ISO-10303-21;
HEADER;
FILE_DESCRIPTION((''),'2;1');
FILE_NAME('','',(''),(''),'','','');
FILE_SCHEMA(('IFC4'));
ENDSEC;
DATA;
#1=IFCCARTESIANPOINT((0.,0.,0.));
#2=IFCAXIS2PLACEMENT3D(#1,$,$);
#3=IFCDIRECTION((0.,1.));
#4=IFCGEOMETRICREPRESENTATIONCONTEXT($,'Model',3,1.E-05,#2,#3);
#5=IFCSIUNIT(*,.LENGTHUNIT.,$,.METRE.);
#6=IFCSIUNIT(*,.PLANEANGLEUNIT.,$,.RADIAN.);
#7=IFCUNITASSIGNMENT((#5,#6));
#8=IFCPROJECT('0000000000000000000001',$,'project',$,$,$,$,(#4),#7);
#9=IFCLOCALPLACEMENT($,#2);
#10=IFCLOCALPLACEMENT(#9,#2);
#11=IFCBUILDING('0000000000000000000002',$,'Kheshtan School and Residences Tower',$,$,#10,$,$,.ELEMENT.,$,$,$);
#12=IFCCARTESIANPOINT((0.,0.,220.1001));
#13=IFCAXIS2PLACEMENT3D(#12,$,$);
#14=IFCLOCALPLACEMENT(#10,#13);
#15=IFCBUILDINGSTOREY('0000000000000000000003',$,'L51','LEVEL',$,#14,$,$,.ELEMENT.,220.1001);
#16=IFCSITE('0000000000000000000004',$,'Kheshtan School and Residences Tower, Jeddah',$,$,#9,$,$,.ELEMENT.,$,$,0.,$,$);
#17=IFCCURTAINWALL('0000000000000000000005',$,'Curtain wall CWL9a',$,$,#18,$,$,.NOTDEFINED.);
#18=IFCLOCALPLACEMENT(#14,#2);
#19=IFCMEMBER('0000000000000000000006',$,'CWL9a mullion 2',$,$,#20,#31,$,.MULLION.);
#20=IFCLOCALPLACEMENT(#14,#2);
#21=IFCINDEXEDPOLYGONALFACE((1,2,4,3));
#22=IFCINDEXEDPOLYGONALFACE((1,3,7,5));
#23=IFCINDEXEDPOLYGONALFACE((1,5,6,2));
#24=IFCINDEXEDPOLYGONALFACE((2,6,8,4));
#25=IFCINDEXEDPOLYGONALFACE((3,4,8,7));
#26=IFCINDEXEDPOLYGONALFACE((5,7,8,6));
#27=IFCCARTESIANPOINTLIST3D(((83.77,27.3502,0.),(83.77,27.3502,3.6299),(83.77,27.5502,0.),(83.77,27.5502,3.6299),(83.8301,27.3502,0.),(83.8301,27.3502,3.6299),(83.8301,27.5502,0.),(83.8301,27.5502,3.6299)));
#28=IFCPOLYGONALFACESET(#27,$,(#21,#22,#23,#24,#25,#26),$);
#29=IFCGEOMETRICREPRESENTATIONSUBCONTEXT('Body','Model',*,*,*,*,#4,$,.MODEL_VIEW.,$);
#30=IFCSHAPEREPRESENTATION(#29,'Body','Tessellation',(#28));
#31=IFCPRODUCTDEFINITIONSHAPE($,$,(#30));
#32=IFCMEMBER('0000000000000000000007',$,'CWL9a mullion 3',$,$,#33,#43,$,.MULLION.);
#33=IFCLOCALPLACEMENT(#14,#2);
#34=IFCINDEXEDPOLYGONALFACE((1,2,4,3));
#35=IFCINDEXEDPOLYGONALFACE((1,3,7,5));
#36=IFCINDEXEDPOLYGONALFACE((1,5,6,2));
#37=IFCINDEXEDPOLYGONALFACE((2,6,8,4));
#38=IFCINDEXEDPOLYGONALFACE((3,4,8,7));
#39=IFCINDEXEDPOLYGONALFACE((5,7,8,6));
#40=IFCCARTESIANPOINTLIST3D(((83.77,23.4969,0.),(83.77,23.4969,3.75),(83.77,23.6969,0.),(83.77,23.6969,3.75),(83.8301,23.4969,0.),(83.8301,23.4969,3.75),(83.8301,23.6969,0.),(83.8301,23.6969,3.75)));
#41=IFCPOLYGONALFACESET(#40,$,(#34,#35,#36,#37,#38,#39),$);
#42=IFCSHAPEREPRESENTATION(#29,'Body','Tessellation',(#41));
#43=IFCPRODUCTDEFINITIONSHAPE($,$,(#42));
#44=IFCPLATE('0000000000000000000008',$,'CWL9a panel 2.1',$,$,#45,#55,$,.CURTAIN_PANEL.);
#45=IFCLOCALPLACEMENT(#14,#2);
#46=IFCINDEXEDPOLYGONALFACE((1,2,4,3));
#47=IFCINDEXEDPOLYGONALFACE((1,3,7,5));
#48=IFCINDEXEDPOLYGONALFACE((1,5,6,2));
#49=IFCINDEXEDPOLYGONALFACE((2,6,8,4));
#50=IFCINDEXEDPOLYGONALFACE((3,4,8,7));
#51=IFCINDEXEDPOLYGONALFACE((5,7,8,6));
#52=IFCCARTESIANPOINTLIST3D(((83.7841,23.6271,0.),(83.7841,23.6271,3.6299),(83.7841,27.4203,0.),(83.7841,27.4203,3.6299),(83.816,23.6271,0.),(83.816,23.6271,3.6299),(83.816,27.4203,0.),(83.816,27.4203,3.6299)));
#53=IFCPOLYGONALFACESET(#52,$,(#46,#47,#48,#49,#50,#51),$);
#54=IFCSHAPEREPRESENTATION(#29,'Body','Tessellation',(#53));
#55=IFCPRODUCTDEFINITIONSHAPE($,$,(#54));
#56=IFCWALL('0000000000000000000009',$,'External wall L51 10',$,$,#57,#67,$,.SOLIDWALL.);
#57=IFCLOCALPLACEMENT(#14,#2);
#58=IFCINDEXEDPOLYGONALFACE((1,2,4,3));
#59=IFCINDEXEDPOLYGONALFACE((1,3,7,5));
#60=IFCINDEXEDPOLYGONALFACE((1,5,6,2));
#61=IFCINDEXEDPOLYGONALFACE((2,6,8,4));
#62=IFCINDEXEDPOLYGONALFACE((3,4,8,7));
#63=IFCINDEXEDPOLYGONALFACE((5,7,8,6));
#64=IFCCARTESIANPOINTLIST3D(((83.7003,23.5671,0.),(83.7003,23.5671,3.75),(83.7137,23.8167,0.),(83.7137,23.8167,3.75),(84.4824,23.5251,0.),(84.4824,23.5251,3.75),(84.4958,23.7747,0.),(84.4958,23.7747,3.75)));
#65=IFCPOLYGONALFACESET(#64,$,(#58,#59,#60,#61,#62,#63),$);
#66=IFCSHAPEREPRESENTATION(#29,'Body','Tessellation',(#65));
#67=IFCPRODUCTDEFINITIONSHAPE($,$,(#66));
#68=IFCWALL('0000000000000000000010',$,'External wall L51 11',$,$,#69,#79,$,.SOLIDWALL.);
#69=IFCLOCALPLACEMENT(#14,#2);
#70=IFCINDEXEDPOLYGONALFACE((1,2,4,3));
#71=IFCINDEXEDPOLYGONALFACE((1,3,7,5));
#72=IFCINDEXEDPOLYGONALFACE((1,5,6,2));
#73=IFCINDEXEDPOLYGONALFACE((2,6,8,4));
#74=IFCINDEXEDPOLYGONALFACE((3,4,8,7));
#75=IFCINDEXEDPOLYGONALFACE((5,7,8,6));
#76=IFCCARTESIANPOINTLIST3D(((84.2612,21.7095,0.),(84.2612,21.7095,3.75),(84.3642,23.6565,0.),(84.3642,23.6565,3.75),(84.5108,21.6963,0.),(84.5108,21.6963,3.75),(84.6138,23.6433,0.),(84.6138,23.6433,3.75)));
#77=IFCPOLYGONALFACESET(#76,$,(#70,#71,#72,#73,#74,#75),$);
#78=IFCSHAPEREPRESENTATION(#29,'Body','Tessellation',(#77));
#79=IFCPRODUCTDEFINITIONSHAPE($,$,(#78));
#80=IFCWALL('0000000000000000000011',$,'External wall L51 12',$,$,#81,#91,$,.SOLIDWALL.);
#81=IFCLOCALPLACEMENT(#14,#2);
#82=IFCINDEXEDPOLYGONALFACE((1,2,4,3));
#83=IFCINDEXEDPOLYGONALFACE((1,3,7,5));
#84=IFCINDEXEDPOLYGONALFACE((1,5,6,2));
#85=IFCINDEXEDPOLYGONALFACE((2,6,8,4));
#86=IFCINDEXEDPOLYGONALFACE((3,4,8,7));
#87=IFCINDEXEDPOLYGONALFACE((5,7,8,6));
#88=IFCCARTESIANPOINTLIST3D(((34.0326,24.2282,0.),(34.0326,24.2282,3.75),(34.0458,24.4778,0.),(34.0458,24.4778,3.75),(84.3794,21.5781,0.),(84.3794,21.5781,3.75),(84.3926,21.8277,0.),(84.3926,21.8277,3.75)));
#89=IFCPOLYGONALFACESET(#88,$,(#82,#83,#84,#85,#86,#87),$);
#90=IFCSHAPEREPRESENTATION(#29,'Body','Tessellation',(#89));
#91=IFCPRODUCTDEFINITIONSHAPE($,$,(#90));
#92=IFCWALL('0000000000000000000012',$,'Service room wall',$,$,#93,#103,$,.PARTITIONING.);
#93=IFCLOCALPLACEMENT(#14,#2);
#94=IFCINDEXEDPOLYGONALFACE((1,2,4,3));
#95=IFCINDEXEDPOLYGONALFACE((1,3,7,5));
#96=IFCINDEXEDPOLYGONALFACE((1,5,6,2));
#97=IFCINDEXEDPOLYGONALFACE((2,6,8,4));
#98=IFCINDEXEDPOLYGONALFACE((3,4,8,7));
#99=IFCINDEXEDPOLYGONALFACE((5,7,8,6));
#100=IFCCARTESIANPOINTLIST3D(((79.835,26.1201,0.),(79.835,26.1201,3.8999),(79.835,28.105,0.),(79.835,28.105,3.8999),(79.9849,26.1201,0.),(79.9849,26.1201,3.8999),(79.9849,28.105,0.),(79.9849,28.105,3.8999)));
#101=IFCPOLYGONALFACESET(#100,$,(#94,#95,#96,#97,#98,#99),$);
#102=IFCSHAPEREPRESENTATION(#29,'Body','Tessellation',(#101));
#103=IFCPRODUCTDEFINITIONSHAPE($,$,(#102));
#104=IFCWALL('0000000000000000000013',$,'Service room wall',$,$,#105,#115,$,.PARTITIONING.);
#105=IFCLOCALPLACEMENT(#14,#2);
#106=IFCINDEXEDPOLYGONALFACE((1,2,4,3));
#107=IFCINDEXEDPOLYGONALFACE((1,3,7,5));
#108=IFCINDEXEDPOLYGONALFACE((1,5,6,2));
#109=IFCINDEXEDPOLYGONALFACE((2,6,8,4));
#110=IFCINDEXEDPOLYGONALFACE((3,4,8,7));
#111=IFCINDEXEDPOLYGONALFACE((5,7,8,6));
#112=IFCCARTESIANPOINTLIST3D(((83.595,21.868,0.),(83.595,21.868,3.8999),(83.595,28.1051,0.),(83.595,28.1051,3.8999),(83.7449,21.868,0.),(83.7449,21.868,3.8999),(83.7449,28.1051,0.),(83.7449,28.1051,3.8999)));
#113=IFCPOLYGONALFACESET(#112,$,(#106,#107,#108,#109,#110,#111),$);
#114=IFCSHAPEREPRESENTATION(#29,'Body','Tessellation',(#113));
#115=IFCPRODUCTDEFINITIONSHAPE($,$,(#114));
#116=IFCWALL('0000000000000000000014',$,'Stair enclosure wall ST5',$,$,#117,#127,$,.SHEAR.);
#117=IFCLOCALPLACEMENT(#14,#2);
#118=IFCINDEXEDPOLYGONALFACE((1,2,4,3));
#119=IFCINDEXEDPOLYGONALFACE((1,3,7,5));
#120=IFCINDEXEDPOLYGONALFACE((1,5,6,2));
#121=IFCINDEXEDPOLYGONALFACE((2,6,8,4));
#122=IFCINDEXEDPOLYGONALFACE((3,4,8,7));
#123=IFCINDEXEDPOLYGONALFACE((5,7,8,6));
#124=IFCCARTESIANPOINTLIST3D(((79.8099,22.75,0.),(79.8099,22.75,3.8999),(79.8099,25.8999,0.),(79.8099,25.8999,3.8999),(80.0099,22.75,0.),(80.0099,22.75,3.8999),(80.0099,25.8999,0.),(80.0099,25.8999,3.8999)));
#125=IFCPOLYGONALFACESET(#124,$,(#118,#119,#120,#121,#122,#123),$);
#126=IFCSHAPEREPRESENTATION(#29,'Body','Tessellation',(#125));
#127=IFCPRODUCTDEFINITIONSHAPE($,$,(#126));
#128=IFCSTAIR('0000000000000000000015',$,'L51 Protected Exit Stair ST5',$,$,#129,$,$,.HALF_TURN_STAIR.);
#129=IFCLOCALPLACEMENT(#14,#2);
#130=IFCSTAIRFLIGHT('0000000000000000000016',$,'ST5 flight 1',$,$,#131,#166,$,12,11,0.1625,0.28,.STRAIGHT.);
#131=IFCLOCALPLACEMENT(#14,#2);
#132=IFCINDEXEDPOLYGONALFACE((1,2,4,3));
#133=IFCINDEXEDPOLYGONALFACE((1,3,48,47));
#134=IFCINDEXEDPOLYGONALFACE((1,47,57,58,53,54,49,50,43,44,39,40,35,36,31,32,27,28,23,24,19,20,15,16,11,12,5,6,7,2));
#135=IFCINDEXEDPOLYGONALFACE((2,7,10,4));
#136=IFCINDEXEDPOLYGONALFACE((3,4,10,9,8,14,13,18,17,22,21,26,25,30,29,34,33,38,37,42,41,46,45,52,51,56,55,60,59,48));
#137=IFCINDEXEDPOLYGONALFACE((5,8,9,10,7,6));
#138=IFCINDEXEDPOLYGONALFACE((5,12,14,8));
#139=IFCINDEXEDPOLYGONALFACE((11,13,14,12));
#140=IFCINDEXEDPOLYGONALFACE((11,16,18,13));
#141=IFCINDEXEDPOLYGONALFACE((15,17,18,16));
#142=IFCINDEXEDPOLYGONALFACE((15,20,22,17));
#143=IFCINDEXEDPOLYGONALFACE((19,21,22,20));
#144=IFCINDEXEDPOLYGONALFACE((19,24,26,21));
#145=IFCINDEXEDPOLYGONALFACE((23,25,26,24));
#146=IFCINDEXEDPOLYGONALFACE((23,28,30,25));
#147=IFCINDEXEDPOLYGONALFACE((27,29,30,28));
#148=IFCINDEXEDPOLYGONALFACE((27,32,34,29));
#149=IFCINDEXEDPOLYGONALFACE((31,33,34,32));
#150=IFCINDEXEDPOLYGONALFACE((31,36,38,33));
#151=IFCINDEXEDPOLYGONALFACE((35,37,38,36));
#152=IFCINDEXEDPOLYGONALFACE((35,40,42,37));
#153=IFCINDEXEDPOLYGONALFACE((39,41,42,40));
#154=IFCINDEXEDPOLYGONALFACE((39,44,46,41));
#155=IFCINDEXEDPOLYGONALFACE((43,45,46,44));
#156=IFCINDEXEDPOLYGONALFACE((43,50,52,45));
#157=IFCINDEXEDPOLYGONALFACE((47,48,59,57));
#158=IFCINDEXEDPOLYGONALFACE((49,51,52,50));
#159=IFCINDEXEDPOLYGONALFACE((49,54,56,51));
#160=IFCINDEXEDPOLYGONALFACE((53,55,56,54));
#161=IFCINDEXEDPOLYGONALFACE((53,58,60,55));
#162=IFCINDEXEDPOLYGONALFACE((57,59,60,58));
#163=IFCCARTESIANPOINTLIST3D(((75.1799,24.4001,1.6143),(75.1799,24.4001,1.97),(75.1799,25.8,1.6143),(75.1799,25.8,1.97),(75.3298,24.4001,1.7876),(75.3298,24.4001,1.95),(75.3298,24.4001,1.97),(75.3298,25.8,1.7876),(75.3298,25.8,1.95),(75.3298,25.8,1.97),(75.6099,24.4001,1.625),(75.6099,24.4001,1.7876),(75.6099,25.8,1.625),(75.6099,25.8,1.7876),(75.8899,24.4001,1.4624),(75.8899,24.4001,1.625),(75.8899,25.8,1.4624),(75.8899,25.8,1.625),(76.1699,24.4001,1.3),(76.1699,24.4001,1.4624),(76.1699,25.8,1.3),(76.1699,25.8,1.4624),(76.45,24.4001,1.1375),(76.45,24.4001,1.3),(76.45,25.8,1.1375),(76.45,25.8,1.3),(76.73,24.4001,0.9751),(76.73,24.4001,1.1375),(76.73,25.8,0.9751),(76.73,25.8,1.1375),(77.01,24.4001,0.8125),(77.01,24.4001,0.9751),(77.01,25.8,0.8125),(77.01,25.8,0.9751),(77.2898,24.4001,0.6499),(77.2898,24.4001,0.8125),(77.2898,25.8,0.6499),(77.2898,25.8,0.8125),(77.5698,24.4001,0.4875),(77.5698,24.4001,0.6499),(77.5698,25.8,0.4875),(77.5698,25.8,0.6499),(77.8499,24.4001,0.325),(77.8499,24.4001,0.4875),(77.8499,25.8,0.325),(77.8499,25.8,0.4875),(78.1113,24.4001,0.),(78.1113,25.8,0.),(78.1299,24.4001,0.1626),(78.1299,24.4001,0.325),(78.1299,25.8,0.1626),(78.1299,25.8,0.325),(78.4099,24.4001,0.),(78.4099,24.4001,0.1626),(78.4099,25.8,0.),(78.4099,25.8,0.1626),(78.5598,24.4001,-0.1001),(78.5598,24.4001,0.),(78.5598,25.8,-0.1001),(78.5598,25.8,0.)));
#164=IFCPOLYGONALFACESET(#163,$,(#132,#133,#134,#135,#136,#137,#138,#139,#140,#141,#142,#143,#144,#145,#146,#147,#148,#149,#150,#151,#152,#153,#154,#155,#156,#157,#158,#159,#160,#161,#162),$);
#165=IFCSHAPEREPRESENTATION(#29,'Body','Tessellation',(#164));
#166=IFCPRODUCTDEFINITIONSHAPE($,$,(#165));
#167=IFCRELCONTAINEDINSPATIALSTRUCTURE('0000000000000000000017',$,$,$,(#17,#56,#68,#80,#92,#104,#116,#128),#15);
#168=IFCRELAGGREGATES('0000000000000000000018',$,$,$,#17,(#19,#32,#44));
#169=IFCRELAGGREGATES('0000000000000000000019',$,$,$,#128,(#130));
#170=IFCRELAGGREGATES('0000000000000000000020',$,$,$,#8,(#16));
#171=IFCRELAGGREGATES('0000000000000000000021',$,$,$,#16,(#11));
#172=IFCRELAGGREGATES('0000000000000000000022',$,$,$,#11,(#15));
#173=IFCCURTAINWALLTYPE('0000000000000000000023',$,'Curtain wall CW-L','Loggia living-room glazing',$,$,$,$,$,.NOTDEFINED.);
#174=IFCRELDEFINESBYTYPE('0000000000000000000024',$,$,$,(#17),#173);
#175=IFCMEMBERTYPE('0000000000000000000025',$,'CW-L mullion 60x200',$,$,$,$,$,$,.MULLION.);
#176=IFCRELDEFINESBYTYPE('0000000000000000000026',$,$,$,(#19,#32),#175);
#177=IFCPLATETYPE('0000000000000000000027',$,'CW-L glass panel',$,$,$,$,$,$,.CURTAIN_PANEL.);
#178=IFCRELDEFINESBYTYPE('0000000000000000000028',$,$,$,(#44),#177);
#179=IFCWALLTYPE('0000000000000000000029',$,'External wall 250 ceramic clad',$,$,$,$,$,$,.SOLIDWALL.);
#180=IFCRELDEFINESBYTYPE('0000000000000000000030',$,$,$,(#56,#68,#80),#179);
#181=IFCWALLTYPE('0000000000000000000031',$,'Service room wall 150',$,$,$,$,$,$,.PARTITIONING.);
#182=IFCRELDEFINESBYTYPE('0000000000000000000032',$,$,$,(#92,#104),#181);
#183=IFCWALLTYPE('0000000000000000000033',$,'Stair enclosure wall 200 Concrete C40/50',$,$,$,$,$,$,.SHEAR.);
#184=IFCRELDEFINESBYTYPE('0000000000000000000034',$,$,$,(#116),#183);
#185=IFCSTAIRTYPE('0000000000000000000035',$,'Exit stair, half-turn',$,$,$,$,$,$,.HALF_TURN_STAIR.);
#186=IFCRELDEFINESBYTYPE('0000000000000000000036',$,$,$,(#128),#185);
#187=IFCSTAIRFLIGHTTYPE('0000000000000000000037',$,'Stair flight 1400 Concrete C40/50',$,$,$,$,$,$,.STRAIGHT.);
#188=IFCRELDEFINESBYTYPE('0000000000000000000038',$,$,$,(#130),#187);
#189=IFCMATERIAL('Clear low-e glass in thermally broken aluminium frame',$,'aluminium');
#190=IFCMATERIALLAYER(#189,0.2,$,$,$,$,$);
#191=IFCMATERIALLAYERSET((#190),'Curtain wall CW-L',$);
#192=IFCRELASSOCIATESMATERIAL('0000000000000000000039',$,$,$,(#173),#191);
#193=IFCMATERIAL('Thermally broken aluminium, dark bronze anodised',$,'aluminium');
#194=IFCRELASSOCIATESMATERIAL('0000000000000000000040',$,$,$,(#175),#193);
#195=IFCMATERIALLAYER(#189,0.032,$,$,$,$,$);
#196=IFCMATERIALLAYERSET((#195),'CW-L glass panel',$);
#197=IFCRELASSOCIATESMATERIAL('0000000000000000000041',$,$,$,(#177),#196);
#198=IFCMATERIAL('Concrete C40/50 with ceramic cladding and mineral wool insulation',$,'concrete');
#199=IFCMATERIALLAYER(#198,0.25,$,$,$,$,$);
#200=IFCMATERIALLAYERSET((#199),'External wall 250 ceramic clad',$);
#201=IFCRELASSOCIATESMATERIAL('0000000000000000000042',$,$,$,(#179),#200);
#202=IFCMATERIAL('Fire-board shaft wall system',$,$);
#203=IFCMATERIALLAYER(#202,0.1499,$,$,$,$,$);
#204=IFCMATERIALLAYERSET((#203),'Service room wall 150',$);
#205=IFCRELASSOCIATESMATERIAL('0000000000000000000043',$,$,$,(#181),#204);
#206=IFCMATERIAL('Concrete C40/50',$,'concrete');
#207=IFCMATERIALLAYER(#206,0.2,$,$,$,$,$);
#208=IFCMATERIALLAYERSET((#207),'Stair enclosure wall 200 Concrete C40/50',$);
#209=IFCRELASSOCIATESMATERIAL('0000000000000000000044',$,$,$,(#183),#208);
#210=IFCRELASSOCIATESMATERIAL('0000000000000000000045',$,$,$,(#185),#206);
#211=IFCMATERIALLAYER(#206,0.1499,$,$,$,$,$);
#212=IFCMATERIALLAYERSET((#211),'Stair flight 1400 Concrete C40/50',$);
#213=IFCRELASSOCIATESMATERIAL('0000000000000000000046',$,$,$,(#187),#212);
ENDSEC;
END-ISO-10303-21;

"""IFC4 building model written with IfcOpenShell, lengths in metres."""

from ifc_helpers import new_model, si_unit, direction, frame, frame_2d, origin, origin_2d, place, context, subcontext, project, spatial, polyline, rectangle, outline, extrude, material, layer, layer_set, material_profile, profile_set, type_object, element, aggregate, save


model = new_model("IFC4")

# Units and contexts
model_context = context("Model", 3, precision=1e-05, world=origin(), true_north=direction((0.0, 1.0)))
body_context = subcontext(model_context, "Body", "Model", "MODEL_VIEW")
ifc_project = project(units=[si_unit("LENGTHUNIT", "METRE"), si_unit("PLANEANGLEUNIT", "RADIAN")], contexts=[model_context])

# Site, building, storey
site_placement = place(None, origin())
site = spatial("IfcSite", under=ifc_project, at=site_placement, Name="Kheshtan School and Residences Tower, Jeddah", CompositionType="ELEMENT", RefElevation=0.0)
building_placement = place(site_placement, origin())
building = spatial("IfcBuilding", under=site, at=building_placement, Name="Kheshtan School and Residences Tower", CompositionType="ELEMENT")
storey_placement = place(building_placement, frame((0.0, 0.0, 220.1001)))
storey = spatial("IfcBuildingStorey", under=building, at=storey_placement, Name="L51", Description="LEVEL", CompositionType="ELEMENT", Elevation=220.1001)

# Curtain wall, members, plate
ifc_material_1 = material(Name="Clear low-e glass in thermally broken aluminium frame", Category="aluminium")
ifc_layer_1 = layer(ifc_material_1, 0.2)
ifc_layer_set_1 = layer_set([ifc_layer_1], Name="Curtain wall CW-L")
curtain_wall_type = type_object("IfcCurtainWallType", Name="Curtain wall CW-L", Description="Loggia living-room glazing", PredefinedType="NOTDEFINED", material=ifc_layer_set_1)
curtain_wall_placement = place(storey_placement, origin())
curtain_wall = element("IfcCurtainWall", 1, at=curtain_wall_placement, inside=storey, type_object=curtain_wall_type, Name="Curtain wall CWL9a", PredefinedType="NOTDEFINED")
ifc_material_2 = material(Name="Thermally broken aluminium, dark bronze anodised", Category="aluminium")
ifc_material_profile_1 = material_profile(ifc_material_2, rectangle(XDim=0.0601, YDim=0.2, at=origin_2d()), Name="CW-L mullion 60x200")
ifc_profile_set_1 = profile_set([ifc_material_profile_1], Name="Thermally broken aluminium, dark bronze anodised")
member_type = type_object("IfcMemberType", Name="CW-L mullion 60x200", PredefinedType="MULLION", material=ifc_profile_set_1)
member_1_placement = place(storey_placement, frame((83.8, 27.4502, 0.0), z_axis=(0.0, 0.0, 1.0), x_axis=(1.0, 0.0, 0.0)))
member_1 = element("IfcMember", 2, at=member_1_placement, type_object=member_type, Name="CWL9a mullion 2", PredefinedType="MULLION", context=body_context, shape_type="SweptSolid", body=[
    extrude(rectangle(XDim=0.0601, YDim=0.2, at=origin_2d()), origin(), (0.0, 0.0, 1.0), 3.6299),
])
member_2_placement = place(storey_placement, frame((83.8, 23.5969, 0.0), z_axis=(0.0, 0.0, 1.0), x_axis=(1.0, 0.0, 0.0)))
member_2 = element("IfcMember", 3, at=member_2_placement, type_object=member_type, Name="CWL9a mullion 3", PredefinedType="MULLION", context=body_context, shape_type="SweptSolid", body=[
    extrude(rectangle(XDim=0.0601, YDim=0.2, at=origin_2d()), origin(), (0.0, 0.0, 1.0), 3.75),
])
ifc_layer_2 = layer(ifc_material_1, 0.032)
ifc_layer_set_2 = layer_set([ifc_layer_2], Name="CW-L glass panel")
plate_type = type_object("IfcPlateType", Name="CW-L glass panel", PredefinedType="CURTAIN_PANEL", material=ifc_layer_set_2)
plate_placement = place(storey_placement, frame((83.8, 25.5237, 0.0), z_axis=(0.0, 0.0, 1.0), x_axis=(0.0, -1.0, 0.0)))
plate = element("IfcPlate", 4, at=plate_placement, type_object=plate_type, Name="CWL9a panel 2.1", PredefinedType="CURTAIN_PANEL", context=body_context, shape_type="SweptSolid", body=[
    extrude(rectangle(XDim=3.7932, YDim=0.032, at=origin_2d()), origin(), (0.0, 0.0, 1.0), 3.6299),
])
aggregate(curtain_wall, [member_1, member_2, plate])

# Walls
ifc_material_3 = material(Name="Concrete C40/50 with ceramic cladding and mineral wool insulation", Category="concrete")
ifc_layer_3 = layer(ifc_material_3, 0.25)
ifc_layer_set_3 = layer_set([ifc_layer_3], Name="External wall 250 ceramic clad")
wall_type_1 = type_object("IfcWallType", Name="External wall 250 ceramic clad", PredefinedType="SOLIDWALL", material=ifc_layer_set_3)
wall_1_placement = place(storey_placement, frame((83.707, 23.6919, 0.0), z_axis=(0.0, 0.0, 1.0), x_axis=(0.998561, -0.053622, 0.0)))
element("IfcWall", 5, at=wall_1_placement, inside=storey, type_object=wall_type_1, Name="External wall L51 10", PredefinedType="SOLIDWALL", context=body_context, shape_type="SweptSolid", body=[
    extrude(rectangle(XDim=0.7832, YDim=0.25, at=frame_2d((0.3916, 0.0))), origin(), (0.0, 0.0, 1.0), 3.75),
])
wall_2_placement = place(storey_placement, frame((84.489, 23.6499, 0.0), z_axis=(0.0, 0.0, 1.0), x_axis=(-0.052841, -0.998603, 0.0)))
element("IfcWall", 6, at=wall_2_placement, inside=storey, type_object=wall_type_1, Name="External wall L51 11", PredefinedType="SOLIDWALL", context=body_context, shape_type="SweptSolid", body=[
    extrude(rectangle(XDim=1.9497, YDim=0.25, at=frame_2d((0.9749, 0.0))), origin(), (0.0, 0.0, 1.0), 3.75),
])
wall_3_placement = place(storey_placement, frame((84.386, 21.7029, 0.0), z_axis=(0.0, 0.0, 1.0), x_axis=(-0.998618, 0.052565, 0.0)))
element("IfcWall", 7, at=wall_3_placement, inside=storey, type_object=wall_type_1, Name="External wall L51 12", PredefinedType="SOLIDWALL", context=body_context, shape_type="SweptSolid", body=[
    extrude(rectangle(XDim=50.4165, YDim=0.25, at=frame_2d((25.2083, 0.0))), origin(), (0.0, 0.0, 1.0), 3.75),
])
ifc_material_4 = material(Name="Fire-board shaft wall system")
ifc_layer_4 = layer(ifc_material_4, 0.1499)
ifc_layer_set_4 = layer_set([ifc_layer_4], Name="Service room wall 150")
wall_type_2 = type_object("IfcWallType", Name="Service room wall 150", PredefinedType="PARTITIONING", material=ifc_layer_set_4)
wall_4_placement = place(storey_placement, frame((79.9099, 26.1201, 0.0), z_axis=(0.0, 0.0, 1.0), x_axis=(0.0, 1.0, 0.0)))
element("IfcWall", 8, at=wall_4_placement, inside=storey, type_object=wall_type_2, Name="Service room wall", PredefinedType="PARTITIONING", context=body_context, shape_type="SweptSolid", body=[
    extrude(rectangle(XDim=1.9849, YDim=0.1499, at=frame_2d((0.9924, 0.0))), origin(), (0.0, 0.0, 1.0), 3.8999),
])
wall_5_placement = place(storey_placement, frame((83.6699, 21.8679, 0.0), z_axis=(0.0, 0.0, 1.0), x_axis=(0.0, 1.0, 0.0)))
element("IfcWall", 9, at=wall_5_placement, inside=storey, type_object=wall_type_2, Name="Service room wall", PredefinedType="PARTITIONING", context=body_context, shape_type="SweptSolid", body=[
    extrude(rectangle(XDim=6.2371, YDim=0.1499, at=frame_2d((3.1187, 0.0))), origin(), (0.0, 0.0, 1.0), 3.8999),
])
ifc_material_5 = material(Name="Concrete C40/50", Category="concrete")
ifc_layer_5 = layer(ifc_material_5, 0.2)
ifc_layer_set_5 = layer_set([ifc_layer_5], Name="Stair enclosure wall 200 Concrete C40/50")
wall_type_3 = type_object("IfcWallType", Name="Stair enclosure wall 200 Concrete C40/50", PredefinedType="SHEAR", material=ifc_layer_set_5)
wall_6_placement = place(storey_placement, frame((79.9099, 22.75, 0.0), z_axis=(0.0, 0.0, 1.0), x_axis=(0.0, 1.0, 0.0)))
element("IfcWall", 10, at=wall_6_placement, inside=storey, type_object=wall_type_3, Name="Stair enclosure wall ST5", PredefinedType="SHEAR", context=body_context, shape_type="SweptSolid", body=[
    extrude(rectangle(XDim=3.1499, YDim=0.2, at=frame_2d((1.575, 0.0))), origin(), (0.0, 0.0, 1.0), 3.8999),
])

# Stair, stair flight
stair_type = type_object("IfcStairType", Name="Exit stair, half-turn", PredefinedType="HALF_TURN_STAIR", material=ifc_material_5)
stair_placement = place(storey_placement, origin())
stair = element("IfcStair", 11, at=stair_placement, inside=storey, type_object=stair_type, Name="L51 Protected Exit Stair ST5", PredefinedType="HALF_TURN_STAIR")
ifc_layer_6 = layer(ifc_material_5, 0.1499)
ifc_layer_set_6 = layer_set([ifc_layer_6], Name="Stair flight 1400 Concrete C40/50")
stair_flight_type = type_object("IfcStairFlightType", Name="Stair flight 1400 Concrete C40/50", PredefinedType="STRAIGHT", material=ifc_layer_set_6)
stair_flight_1_placement = place(storey_placement, frame((78.4099, 25.1001, 0.0), z_axis=(0.0, 0.0, 1.0), x_axis=(-1.0, 0.0, 0.0)))
stair_flight_1 = element("IfcStairFlight", 12, at=stair_flight_1_placement, type_object=stair_flight_type, Name="ST5 flight 1", NumberOfRisers=12, NumberOfTreads=11, PredefinedType="STRAIGHT", RiserHeight=0.1625, TreadLength=0.28, context=body_context, shape_type="SweptSolid", body=[
    extrude(outline(polyline([(-0.1499, -0.1001), (-0.1499, 0.0), (0.0, 0.0), (0.0, 0.1626), (0.28, 0.1626), (0.28, 0.325), (0.5601, 0.325), (0.5601, 0.4875), (0.8401, 0.4875), (0.8401, 0.6499), (1.1201, 0.6499), (1.1201, 0.8125), (1.3999, 0.8125), (1.3999, 0.9751), (1.6799, 0.9751), (1.6799, 1.1375), (1.96, 1.1375), (1.96, 1.3), (2.24, 1.3), (2.24, 1.4624), (2.52, 1.4624), (2.52, 1.625), (2.8, 1.625), (2.8, 1.7876), (3.0801, 1.7876), (3.0801, 1.95), (3.0801, 1.97), (3.23, 1.97), (3.23, 1.6143), (0.2986, 0.0), (-0.1499, -0.1001)])), frame((0.0, 0.7, 0.0), z_axis=(0.0, -1.0, 0.0), x_axis=(1.0, 0.0, 0.0)), (0.0, 0.0, 1.0), 1.3999),
])
aggregate(stair, [stair_flight_1])

save(model, "model.ifc")
